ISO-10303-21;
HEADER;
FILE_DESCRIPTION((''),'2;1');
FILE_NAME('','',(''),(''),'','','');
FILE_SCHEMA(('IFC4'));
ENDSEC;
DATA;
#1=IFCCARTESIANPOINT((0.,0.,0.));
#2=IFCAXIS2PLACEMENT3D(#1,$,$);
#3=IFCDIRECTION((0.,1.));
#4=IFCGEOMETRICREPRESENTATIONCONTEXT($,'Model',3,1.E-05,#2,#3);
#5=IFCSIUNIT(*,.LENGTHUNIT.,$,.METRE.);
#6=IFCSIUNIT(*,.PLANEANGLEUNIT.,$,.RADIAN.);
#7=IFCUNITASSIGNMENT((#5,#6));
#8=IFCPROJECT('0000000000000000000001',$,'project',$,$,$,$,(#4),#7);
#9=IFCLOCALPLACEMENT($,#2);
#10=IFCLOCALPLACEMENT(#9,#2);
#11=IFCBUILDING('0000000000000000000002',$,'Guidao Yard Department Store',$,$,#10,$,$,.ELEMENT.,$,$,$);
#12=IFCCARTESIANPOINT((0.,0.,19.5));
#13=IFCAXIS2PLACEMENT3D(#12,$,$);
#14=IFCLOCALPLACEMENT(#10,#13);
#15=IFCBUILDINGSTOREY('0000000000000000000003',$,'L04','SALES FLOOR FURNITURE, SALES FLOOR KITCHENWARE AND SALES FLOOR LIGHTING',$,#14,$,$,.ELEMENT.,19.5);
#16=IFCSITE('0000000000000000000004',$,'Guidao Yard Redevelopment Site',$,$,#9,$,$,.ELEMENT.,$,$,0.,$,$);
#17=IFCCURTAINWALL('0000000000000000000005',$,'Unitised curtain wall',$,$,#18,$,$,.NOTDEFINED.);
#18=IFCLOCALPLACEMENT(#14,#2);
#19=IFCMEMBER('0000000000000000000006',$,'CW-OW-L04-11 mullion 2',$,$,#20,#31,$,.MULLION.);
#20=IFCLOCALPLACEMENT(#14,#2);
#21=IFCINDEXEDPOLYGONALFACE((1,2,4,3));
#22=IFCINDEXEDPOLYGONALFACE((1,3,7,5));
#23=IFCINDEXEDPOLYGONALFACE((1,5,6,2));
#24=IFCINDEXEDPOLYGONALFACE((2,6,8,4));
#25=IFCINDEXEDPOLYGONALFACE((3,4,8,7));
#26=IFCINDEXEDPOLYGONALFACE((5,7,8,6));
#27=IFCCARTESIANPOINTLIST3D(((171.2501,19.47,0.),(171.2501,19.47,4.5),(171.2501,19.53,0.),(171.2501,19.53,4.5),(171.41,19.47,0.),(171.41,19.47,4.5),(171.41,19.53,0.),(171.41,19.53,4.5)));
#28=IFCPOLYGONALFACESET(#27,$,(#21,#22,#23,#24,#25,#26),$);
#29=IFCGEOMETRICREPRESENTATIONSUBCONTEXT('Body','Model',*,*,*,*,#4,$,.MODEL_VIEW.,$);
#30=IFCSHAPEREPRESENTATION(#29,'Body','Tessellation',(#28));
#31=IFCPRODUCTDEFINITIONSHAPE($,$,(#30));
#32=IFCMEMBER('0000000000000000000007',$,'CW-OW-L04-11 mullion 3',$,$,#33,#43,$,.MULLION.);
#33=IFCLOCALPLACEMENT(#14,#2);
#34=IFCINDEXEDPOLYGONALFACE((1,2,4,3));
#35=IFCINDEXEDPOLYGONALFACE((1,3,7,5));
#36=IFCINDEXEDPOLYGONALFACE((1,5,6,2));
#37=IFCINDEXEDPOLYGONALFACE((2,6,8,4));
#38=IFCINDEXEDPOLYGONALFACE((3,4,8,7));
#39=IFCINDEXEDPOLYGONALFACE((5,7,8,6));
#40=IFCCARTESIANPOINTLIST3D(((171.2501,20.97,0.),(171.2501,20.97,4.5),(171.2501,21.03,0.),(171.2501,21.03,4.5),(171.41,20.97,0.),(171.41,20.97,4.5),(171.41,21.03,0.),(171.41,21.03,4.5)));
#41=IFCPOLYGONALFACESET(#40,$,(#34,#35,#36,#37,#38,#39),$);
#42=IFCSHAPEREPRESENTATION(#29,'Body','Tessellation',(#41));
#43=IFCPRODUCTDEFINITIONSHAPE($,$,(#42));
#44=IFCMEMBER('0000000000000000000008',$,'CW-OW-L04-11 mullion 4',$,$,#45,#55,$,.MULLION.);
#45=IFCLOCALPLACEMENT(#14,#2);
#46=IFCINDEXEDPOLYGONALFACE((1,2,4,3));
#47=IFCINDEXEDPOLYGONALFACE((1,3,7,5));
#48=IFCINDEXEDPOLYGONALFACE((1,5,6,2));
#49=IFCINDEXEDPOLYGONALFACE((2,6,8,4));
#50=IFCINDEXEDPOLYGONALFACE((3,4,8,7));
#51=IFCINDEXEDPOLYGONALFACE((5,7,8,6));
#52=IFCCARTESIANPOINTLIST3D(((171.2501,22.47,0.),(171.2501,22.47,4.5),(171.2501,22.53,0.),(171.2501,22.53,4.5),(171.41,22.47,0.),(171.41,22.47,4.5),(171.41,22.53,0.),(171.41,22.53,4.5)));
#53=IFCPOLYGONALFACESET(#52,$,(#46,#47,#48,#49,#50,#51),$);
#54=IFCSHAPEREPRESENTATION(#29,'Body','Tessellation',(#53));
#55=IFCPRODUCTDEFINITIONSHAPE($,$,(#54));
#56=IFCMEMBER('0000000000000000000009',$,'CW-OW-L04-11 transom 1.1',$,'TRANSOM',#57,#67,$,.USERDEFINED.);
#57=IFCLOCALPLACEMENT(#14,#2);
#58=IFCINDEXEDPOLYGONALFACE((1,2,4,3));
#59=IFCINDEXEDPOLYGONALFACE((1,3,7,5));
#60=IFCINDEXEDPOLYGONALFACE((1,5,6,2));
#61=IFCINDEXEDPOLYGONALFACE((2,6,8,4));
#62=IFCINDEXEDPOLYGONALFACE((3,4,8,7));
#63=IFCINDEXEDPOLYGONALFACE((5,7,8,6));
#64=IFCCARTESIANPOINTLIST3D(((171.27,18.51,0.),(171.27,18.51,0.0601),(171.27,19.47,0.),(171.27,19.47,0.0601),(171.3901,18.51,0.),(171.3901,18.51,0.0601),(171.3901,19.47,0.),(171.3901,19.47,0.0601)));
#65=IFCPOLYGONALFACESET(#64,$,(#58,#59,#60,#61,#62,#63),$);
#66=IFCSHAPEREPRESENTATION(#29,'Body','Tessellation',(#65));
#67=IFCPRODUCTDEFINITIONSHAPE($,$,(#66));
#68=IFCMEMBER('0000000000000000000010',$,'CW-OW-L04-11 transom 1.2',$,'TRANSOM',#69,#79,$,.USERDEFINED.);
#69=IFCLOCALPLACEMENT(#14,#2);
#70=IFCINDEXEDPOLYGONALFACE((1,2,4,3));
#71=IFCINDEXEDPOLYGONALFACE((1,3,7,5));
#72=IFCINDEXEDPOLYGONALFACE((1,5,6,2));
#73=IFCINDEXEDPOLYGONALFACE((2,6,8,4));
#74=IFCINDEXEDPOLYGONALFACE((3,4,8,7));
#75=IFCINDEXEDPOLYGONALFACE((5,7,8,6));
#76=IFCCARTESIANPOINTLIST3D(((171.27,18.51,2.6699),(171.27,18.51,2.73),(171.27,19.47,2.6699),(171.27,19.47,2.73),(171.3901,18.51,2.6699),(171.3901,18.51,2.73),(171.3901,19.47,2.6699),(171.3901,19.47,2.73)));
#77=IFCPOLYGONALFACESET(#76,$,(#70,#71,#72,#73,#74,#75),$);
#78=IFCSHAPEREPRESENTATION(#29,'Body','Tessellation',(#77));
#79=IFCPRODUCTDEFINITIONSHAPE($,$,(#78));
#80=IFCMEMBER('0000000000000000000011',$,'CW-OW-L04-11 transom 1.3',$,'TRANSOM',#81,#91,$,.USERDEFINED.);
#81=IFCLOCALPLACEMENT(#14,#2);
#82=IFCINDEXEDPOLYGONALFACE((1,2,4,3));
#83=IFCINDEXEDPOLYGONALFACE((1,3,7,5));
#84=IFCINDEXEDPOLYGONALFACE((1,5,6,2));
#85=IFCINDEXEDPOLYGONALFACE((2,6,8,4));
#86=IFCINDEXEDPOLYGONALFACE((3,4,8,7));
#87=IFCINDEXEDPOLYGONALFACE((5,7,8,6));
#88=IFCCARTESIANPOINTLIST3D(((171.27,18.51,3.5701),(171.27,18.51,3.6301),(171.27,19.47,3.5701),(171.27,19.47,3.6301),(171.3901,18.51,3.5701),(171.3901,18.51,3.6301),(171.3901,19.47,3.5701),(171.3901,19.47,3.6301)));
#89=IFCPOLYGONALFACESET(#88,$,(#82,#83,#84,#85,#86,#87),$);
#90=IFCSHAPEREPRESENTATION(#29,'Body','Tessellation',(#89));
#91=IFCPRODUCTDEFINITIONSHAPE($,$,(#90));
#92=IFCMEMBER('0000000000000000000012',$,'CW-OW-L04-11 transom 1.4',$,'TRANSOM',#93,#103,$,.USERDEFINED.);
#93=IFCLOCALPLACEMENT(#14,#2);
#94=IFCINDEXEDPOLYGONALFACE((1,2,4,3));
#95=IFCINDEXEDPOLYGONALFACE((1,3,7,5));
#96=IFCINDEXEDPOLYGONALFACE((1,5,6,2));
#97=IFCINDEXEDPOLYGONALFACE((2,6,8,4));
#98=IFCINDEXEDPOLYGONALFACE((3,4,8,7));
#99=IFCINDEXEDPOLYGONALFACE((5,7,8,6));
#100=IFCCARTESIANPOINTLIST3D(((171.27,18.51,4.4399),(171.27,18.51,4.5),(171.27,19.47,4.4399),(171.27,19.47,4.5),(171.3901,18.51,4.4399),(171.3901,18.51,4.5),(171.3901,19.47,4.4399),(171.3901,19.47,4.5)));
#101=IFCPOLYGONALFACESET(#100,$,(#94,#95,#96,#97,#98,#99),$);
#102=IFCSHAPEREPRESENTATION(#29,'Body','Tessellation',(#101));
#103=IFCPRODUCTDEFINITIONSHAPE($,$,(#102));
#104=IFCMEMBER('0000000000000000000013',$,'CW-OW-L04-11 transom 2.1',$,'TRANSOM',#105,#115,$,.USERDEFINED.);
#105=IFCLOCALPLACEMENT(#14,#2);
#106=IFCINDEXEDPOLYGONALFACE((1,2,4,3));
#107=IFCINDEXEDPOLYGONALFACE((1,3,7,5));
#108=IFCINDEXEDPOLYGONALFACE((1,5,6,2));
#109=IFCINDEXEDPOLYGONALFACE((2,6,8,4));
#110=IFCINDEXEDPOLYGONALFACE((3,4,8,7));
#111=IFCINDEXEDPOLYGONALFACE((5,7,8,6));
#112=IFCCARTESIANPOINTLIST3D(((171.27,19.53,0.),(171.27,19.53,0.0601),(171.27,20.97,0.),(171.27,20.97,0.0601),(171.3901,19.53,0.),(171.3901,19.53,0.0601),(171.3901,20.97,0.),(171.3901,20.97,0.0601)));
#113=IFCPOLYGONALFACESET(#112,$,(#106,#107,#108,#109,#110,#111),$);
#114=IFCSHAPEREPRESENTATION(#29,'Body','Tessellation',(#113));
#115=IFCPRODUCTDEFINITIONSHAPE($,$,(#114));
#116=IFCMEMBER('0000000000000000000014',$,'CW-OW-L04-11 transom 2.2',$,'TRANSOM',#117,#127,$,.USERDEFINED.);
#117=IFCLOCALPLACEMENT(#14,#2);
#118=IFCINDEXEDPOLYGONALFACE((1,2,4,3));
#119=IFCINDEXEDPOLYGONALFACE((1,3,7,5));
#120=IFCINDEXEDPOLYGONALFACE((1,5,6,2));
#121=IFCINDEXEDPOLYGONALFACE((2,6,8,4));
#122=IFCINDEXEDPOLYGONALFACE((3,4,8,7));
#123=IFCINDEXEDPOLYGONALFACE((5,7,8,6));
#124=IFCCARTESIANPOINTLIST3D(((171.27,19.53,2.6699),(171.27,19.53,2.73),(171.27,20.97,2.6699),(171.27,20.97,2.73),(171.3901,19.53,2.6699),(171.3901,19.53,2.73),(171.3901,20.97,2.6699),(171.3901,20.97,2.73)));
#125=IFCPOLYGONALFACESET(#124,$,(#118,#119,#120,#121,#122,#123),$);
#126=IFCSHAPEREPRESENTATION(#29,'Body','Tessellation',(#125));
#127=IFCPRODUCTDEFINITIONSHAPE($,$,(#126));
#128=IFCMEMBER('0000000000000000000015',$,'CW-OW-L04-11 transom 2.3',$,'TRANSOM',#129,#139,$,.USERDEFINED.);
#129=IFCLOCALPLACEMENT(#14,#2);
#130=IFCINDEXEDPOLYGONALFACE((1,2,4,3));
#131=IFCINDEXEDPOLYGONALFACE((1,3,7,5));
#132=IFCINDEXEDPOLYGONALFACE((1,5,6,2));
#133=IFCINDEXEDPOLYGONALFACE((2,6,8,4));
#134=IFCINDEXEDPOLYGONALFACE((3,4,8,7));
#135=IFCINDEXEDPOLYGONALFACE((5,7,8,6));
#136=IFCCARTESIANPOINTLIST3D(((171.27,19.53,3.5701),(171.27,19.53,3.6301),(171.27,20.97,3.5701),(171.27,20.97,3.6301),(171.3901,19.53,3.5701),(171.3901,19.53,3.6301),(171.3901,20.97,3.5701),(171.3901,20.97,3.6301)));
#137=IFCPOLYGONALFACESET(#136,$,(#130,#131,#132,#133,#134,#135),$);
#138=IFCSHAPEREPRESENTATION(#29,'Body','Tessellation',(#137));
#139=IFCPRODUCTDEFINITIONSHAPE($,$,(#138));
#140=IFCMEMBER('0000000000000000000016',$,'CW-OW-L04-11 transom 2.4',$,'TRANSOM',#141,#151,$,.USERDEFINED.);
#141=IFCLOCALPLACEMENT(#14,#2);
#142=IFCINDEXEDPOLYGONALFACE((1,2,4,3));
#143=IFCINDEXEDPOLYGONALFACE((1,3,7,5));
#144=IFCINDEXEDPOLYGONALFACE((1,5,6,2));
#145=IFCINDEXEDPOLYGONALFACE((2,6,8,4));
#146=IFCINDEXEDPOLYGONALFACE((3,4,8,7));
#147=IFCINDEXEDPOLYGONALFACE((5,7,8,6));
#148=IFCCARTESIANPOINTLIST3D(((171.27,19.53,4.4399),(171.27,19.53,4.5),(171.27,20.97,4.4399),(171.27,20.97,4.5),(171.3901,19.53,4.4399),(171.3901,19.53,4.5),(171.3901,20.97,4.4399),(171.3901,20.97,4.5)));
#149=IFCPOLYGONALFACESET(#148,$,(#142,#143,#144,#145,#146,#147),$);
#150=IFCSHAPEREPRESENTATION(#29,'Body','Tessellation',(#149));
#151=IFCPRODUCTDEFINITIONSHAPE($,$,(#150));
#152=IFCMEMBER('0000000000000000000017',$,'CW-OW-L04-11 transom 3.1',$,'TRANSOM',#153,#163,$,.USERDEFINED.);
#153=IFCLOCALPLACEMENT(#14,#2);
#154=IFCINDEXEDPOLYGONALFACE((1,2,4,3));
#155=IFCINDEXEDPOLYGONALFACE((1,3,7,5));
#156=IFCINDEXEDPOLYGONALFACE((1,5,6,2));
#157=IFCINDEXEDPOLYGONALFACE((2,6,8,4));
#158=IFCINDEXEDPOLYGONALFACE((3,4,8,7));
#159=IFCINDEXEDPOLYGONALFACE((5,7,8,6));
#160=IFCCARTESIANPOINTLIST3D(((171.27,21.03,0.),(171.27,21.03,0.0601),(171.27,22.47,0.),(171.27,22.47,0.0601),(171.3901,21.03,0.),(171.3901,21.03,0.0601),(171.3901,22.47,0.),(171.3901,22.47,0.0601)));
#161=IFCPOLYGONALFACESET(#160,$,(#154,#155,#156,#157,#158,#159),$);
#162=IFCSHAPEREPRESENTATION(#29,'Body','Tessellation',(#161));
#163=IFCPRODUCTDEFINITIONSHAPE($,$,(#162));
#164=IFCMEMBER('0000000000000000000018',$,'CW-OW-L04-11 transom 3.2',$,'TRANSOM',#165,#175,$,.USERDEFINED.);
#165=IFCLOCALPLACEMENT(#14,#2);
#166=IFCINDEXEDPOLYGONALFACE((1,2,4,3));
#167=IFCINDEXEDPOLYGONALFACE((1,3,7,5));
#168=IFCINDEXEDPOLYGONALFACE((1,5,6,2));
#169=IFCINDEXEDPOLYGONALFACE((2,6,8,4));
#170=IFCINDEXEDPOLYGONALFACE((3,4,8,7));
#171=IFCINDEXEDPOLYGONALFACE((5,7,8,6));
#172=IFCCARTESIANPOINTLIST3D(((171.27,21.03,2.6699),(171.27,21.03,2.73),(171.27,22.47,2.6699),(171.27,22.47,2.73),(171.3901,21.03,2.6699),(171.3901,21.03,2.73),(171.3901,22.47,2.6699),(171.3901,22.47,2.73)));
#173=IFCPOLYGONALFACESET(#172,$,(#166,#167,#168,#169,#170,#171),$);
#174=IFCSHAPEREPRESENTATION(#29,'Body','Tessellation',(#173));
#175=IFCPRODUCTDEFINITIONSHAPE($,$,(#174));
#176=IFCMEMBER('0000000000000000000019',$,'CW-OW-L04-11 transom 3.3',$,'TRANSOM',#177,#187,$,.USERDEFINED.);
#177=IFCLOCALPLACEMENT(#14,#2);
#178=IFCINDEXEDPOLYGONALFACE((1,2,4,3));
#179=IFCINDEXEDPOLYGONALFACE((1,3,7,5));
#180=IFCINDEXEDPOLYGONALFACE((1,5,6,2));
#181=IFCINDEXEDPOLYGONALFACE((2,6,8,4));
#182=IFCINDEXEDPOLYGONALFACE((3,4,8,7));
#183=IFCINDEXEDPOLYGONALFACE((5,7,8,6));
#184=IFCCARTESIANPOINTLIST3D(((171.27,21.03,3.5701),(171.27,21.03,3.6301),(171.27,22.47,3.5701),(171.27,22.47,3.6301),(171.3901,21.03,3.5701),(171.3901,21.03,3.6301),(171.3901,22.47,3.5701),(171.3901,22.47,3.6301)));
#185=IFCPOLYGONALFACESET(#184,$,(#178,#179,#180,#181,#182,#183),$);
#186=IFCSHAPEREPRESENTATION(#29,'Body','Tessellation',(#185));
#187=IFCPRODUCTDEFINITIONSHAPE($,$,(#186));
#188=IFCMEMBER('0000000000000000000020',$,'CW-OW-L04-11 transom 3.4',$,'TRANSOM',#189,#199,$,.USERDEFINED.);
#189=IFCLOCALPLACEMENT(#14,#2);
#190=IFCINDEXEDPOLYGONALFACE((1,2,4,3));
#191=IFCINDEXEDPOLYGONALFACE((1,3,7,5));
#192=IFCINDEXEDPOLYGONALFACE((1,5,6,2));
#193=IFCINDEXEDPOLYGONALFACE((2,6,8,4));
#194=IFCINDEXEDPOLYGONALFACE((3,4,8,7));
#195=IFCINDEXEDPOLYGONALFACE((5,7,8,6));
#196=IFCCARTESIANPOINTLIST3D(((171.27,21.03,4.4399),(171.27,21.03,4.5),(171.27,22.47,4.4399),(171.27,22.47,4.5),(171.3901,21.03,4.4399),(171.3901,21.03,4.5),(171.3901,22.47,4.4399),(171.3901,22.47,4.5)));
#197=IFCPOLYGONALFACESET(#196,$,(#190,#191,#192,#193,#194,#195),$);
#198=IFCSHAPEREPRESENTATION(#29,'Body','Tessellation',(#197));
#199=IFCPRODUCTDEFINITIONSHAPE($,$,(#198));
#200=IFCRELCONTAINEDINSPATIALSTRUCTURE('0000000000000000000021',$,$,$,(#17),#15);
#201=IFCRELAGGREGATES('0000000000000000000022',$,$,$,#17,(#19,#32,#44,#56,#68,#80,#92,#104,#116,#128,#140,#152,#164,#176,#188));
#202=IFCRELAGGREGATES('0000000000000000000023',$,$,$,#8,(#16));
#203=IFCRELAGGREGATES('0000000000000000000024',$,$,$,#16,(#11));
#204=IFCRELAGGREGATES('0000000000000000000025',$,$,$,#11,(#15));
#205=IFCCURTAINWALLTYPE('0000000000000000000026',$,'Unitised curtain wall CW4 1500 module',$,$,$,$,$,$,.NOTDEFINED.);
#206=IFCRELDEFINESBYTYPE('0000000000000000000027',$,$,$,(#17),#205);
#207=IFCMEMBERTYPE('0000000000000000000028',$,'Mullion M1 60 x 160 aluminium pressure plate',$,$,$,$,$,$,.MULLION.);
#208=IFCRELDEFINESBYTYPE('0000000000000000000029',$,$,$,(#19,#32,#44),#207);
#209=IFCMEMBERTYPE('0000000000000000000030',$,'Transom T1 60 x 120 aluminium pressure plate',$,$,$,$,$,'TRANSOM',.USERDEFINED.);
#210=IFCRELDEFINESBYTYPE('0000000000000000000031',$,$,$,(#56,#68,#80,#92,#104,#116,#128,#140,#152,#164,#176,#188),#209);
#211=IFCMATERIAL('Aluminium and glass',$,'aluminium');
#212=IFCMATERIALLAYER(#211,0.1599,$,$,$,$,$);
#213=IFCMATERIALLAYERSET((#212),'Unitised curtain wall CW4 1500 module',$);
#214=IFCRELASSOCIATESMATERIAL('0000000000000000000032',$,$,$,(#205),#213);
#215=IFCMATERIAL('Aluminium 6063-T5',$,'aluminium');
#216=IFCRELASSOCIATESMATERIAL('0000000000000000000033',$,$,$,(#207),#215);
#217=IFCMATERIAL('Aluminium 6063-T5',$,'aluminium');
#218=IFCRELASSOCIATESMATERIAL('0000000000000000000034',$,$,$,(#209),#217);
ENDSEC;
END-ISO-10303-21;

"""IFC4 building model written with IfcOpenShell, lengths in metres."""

from ifc_helpers import new_model, si_unit, direction, frame, origin, origin_2d, place, context, subcontext, project, spatial, rectangle, extrude, material, layer, layer_set, material_profile, profile_set, type_object, element, aggregate, save


model = new_model("IFC4")

# Units and contexts
model_context = context("Model", 3, precision=1e-05, world=origin(), true_north=direction((0.0, 1.0)))
body_context = subcontext(model_context, "Body", "Model", "MODEL_VIEW")
ifc_project = project(units=[si_unit("LENGTHUNIT", "METRE"), si_unit("PLANEANGLEUNIT", "RADIAN")], contexts=[model_context])

# Site, building, storey
site_placement = place(None, origin())
site = spatial("IfcSite", under=ifc_project, at=site_placement, Name="Guidao Yard Redevelopment Site", CompositionType="ELEMENT", RefElevation=0.0)
building_placement = place(site_placement, origin())
building = spatial("IfcBuilding", under=site, at=building_placement, Name="Guidao Yard Department Store", CompositionType="ELEMENT")
storey_placement = place(building_placement, frame((0.0, 0.0, 19.5)))
storey = spatial("IfcBuildingStorey", under=building, at=storey_placement, Name="L04", Description="SALES FLOOR FURNITURE, SALES FLOOR KITCHENWARE AND SALES FLOOR LIGHTING", CompositionType="ELEMENT", Elevation=19.5)

# Curtain wall, members
ifc_material_1 = material(Name="Aluminium and glass", Category="aluminium")
ifc_layer_1 = layer(ifc_material_1, 0.1599)
ifc_layer_set_1 = layer_set([ifc_layer_1], Name="Unitised curtain wall CW4 1500 module")
curtain_wall_type = type_object("IfcCurtainWallType", Name="Unitised curtain wall CW4 1500 module", PredefinedType="NOTDEFINED", material=ifc_layer_set_1)
curtain_wall_placement = place(storey_placement, origin())
curtain_wall = element("IfcCurtainWall", 1, at=curtain_wall_placement, inside=storey, type_object=curtain_wall_type, Name="Unitised curtain wall", PredefinedType="NOTDEFINED")
ifc_material_2 = material(Name="Aluminium 6063-T5", Category="aluminium")
ifc_material_profile_1 = material_profile(ifc_material_2, rectangle(XDim=0.0601, YDim=0.1599, at=origin_2d()), Name="Mullion M1 60 x 160 aluminium pressure plate")
ifc_profile_set_1 = profile_set([ifc_material_profile_1], Name="Aluminium 6063-T5")
member_type_1 = type_object("IfcMemberType", Name="Mullion M1 60 x 160 aluminium pressure plate", PredefinedType="MULLION", material=ifc_profile_set_1)
member_1_placement = place(storey_placement, frame((171.3301, 19.5, 0.0), z_axis=(0.0, 0.0, 1.0), x_axis=(0.0, -1.0, 0.0)))
member_1 = element("IfcMember", 2, at=member_1_placement, type_object=member_type_1, Name="CW-OW-L04-11 mullion 2", PredefinedType="MULLION", context=body_context, shape_type="SweptSolid", body=[
    extrude(rectangle(XDim=0.0601, YDim=0.1599, at=origin_2d()), origin(), (0.0, 0.0, 1.0), 4.5),
])
member_2_placement = place(storey_placement, frame((171.3301, 21.0, 0.0), z_axis=(0.0, 0.0, 1.0), x_axis=(0.0, -1.0, 0.0)))
member_2 = element("IfcMember", 3, at=member_2_placement, type_object=member_type_1, Name="CW-OW-L04-11 mullion 3", PredefinedType="MULLION", context=body_context, shape_type="SweptSolid", body=[
    extrude(rectangle(XDim=0.0601, YDim=0.1599, at=origin_2d()), origin(), (0.0, 0.0, 1.0), 4.5),
])
member_3_placement = place(storey_placement, frame((171.3301, 22.5, 0.0), z_axis=(0.0, 0.0, 1.0), x_axis=(0.0, -1.0, 0.0)))
member_3 = element("IfcMember", 4, at=member_3_placement, type_object=member_type_1, Name="CW-OW-L04-11 mullion 4", PredefinedType="MULLION", context=body_context, shape_type="SweptSolid", body=[
    extrude(rectangle(XDim=0.0601, YDim=0.1599, at=origin_2d()), origin(), (0.0, 0.0, 1.0), 4.5),
])
ifc_material_3 = material(Name="Aluminium 6063-T5", Category="aluminium")
ifc_material_profile_2 = material_profile(ifc_material_3, rectangle(XDim=0.1201, YDim=0.0601, at=origin_2d()), Name="Transom T1 60 x 120 aluminium pressure plate")
ifc_profile_set_2 = profile_set([ifc_material_profile_2], Name="Aluminium 6063-T5")
member_type_2 = type_object("IfcMemberType", Name="Transom T1 60 x 120 aluminium pressure plate", ElementType="TRANSOM", PredefinedType="USERDEFINED", material=ifc_profile_set_2)
member_4_placement = place(storey_placement, frame((171.3301, 19.47, 0.03), z_axis=(0.0, -1.0, 0.0), x_axis=(1.0, 0.0, 0.0)))
member_4 = element("IfcMember", 5, at=member_4_placement, type_object=member_type_2, Name="CW-OW-L04-11 transom 1.1", ObjectType="TRANSOM", PredefinedType="USERDEFINED", context=body_context, shape_type="SweptSolid", body=[
    extrude(rectangle(XDim=0.1201, YDim=0.0601, at=origin_2d()), origin(), (0.0, 0.0, 1.0), 0.96),
])
member_5_placement = place(storey_placement, frame((171.3301, 19.47, 2.7), z_axis=(0.0, -1.0, 0.0), x_axis=(1.0, 0.0, 0.0)))
member_5 = element("IfcMember", 6, at=member_5_placement, type_object=member_type_2, Name="CW-OW-L04-11 transom 1.2", ObjectType="TRANSOM", PredefinedType="USERDEFINED", context=body_context, shape_type="SweptSolid", body=[
    extrude(rectangle(XDim=0.1201, YDim=0.0601, at=origin_2d()), origin(), (0.0, 0.0, 1.0), 0.96),
])
member_6_placement = place(storey_placement, frame((171.3301, 19.47, 3.6001), z_axis=(0.0, -1.0, 0.0), x_axis=(1.0, 0.0, 0.0)))
member_6 = element("IfcMember", 7, at=member_6_placement, type_object=member_type_2, Name="CW-OW-L04-11 transom 1.3", ObjectType="TRANSOM", PredefinedType="USERDEFINED", context=body_context, shape_type="SweptSolid", body=[
    extrude(rectangle(XDim=0.1201, YDim=0.0601, at=origin_2d()), origin(), (0.0, 0.0, 1.0), 0.96),
])
member_7_placement = place(storey_placement, frame((171.3301, 19.47, 4.47), z_axis=(0.0, -1.0, 0.0), x_axis=(1.0, 0.0, 0.0)))
member_7 = element("IfcMember", 8, at=member_7_placement, type_object=member_type_2, Name="CW-OW-L04-11 transom 1.4", ObjectType="TRANSOM", PredefinedType="USERDEFINED", context=body_context, shape_type="SweptSolid", body=[
    extrude(rectangle(XDim=0.1201, YDim=0.0601, at=origin_2d()), origin(), (0.0, 0.0, 1.0), 0.96),
])
member_8_placement = place(storey_placement, frame((171.3301, 20.97, 0.03), z_axis=(0.0, -1.0, 0.0), x_axis=(1.0, 0.0, 0.0)))
member_8 = element("IfcMember", 9, at=member_8_placement, type_object=member_type_2, Name="CW-OW-L04-11 transom 2.1", ObjectType="TRANSOM", PredefinedType="USERDEFINED", context=body_context, shape_type="SweptSolid", body=[
    extrude(rectangle(XDim=0.1201, YDim=0.0601, at=origin_2d()), origin(), (0.0, 0.0, 1.0), 1.4399),
])
member_9_placement = place(storey_placement, frame((171.3301, 20.97, 2.7), z_axis=(0.0, -1.0, 0.0), x_axis=(1.0, 0.0, 0.0)))
member_9 = element("IfcMember", 10, at=member_9_placement, type_object=member_type_2, Name="CW-OW-L04-11 transom 2.2", ObjectType="TRANSOM", PredefinedType="USERDEFINED", context=body_context, shape_type="SweptSolid", body=[
    extrude(rectangle(XDim=0.1201, YDim=0.0601, at=origin_2d()), origin(), (0.0, 0.0, 1.0), 1.4399),
])
member_10_placement = place(storey_placement, frame((171.3301, 20.97, 3.6001), z_axis=(0.0, -1.0, 0.0), x_axis=(1.0, 0.0, 0.0)))
member_10 = element("IfcMember", 11, at=member_10_placement, type_object=member_type_2, Name="CW-OW-L04-11 transom 2.3", ObjectType="TRANSOM", PredefinedType="USERDEFINED", context=body_context, shape_type="SweptSolid", body=[
    extrude(rectangle(XDim=0.1201, YDim=0.0601, at=origin_2d()), origin(), (0.0, 0.0, 1.0), 1.4399),
])
member_11_placement = place(storey_placement, frame((171.3301, 20.97, 4.47), z_axis=(0.0, -1.0, 0.0), x_axis=(1.0, 0.0, 0.0)))
member_11 = element("IfcMember", 12, at=member_11_placement, type_object=member_type_2, Name="CW-OW-L04-11 transom 2.4", ObjectType="TRANSOM", PredefinedType="USERDEFINED", context=body_context, shape_type="SweptSolid", body=[
    extrude(rectangle(XDim=0.1201, YDim=0.0601, at=origin_2d()), origin(), (0.0, 0.0, 1.0), 1.4399),
])
member_12_placement = place(storey_placement, frame((171.3301, 22.47, 0.03), z_axis=(0.0, -1.0, 0.0), x_axis=(1.0, 0.0, 0.0)))
member_12 = element("IfcMember", 13, at=member_12_placement, type_object=member_type_2, Name="CW-OW-L04-11 transom 3.1", ObjectType="TRANSOM", PredefinedType="USERDEFINED", context=body_context, shape_type="SweptSolid", body=[
    extrude(rectangle(XDim=0.1201, YDim=0.0601, at=origin_2d()), origin(), (0.0, 0.0, 1.0), 1.4399),
])
member_13_placement = place(storey_placement, frame((171.3301, 22.47, 2.7), z_axis=(0.0, -1.0, 0.0), x_axis=(1.0, 0.0, 0.0)))
member_13 = element("IfcMember", 14, at=member_13_placement, type_object=member_type_2, Name="CW-OW-L04-11 transom 3.2", ObjectType="TRANSOM", PredefinedType="USERDEFINED", context=body_context, shape_type="SweptSolid", body=[
    extrude(rectangle(XDim=0.1201, YDim=0.0601, at=origin_2d()), origin(), (0.0, 0.0, 1.0), 1.4399),
])
member_14_placement = place(storey_placement, frame((171.3301, 22.47, 3.6001), z_axis=(0.0, -1.0, 0.0), x_axis=(1.0, 0.0, 0.0)))
member_14 = element("IfcMember", 15, at=member_14_placement, type_object=member_type_2, Name="CW-OW-L04-11 transom 3.3", ObjectType="TRANSOM", PredefinedType="USERDEFINED", context=body_context, shape_type="SweptSolid", body=[
    extrude(rectangle(XDim=0.1201, YDim=0.0601, at=origin_2d()), origin(), (0.0, 0.0, 1.0), 1.4399),
])
member_15_placement = place(storey_placement, frame((171.3301, 22.47, 4.47), z_axis=(0.0, -1.0, 0.0), x_axis=(1.0, 0.0, 0.0)))
member_15 = element("IfcMember", 16, at=member_15_placement, type_object=member_type_2, Name="CW-OW-L04-11 transom 3.4", ObjectType="TRANSOM", PredefinedType="USERDEFINED", context=body_context, shape_type="SweptSolid", body=[
    extrude(rectangle(XDim=0.1201, YDim=0.0601, at=origin_2d()), origin(), (0.0, 0.0, 1.0), 1.4399),
])
aggregate(curtain_wall, [member_1, member_2, member_3, member_4, member_5, member_6, member_7, member_8, member_9, member_10, member_11, member_12, member_13, member_14, member_15])

save(model, "model.ifc")
